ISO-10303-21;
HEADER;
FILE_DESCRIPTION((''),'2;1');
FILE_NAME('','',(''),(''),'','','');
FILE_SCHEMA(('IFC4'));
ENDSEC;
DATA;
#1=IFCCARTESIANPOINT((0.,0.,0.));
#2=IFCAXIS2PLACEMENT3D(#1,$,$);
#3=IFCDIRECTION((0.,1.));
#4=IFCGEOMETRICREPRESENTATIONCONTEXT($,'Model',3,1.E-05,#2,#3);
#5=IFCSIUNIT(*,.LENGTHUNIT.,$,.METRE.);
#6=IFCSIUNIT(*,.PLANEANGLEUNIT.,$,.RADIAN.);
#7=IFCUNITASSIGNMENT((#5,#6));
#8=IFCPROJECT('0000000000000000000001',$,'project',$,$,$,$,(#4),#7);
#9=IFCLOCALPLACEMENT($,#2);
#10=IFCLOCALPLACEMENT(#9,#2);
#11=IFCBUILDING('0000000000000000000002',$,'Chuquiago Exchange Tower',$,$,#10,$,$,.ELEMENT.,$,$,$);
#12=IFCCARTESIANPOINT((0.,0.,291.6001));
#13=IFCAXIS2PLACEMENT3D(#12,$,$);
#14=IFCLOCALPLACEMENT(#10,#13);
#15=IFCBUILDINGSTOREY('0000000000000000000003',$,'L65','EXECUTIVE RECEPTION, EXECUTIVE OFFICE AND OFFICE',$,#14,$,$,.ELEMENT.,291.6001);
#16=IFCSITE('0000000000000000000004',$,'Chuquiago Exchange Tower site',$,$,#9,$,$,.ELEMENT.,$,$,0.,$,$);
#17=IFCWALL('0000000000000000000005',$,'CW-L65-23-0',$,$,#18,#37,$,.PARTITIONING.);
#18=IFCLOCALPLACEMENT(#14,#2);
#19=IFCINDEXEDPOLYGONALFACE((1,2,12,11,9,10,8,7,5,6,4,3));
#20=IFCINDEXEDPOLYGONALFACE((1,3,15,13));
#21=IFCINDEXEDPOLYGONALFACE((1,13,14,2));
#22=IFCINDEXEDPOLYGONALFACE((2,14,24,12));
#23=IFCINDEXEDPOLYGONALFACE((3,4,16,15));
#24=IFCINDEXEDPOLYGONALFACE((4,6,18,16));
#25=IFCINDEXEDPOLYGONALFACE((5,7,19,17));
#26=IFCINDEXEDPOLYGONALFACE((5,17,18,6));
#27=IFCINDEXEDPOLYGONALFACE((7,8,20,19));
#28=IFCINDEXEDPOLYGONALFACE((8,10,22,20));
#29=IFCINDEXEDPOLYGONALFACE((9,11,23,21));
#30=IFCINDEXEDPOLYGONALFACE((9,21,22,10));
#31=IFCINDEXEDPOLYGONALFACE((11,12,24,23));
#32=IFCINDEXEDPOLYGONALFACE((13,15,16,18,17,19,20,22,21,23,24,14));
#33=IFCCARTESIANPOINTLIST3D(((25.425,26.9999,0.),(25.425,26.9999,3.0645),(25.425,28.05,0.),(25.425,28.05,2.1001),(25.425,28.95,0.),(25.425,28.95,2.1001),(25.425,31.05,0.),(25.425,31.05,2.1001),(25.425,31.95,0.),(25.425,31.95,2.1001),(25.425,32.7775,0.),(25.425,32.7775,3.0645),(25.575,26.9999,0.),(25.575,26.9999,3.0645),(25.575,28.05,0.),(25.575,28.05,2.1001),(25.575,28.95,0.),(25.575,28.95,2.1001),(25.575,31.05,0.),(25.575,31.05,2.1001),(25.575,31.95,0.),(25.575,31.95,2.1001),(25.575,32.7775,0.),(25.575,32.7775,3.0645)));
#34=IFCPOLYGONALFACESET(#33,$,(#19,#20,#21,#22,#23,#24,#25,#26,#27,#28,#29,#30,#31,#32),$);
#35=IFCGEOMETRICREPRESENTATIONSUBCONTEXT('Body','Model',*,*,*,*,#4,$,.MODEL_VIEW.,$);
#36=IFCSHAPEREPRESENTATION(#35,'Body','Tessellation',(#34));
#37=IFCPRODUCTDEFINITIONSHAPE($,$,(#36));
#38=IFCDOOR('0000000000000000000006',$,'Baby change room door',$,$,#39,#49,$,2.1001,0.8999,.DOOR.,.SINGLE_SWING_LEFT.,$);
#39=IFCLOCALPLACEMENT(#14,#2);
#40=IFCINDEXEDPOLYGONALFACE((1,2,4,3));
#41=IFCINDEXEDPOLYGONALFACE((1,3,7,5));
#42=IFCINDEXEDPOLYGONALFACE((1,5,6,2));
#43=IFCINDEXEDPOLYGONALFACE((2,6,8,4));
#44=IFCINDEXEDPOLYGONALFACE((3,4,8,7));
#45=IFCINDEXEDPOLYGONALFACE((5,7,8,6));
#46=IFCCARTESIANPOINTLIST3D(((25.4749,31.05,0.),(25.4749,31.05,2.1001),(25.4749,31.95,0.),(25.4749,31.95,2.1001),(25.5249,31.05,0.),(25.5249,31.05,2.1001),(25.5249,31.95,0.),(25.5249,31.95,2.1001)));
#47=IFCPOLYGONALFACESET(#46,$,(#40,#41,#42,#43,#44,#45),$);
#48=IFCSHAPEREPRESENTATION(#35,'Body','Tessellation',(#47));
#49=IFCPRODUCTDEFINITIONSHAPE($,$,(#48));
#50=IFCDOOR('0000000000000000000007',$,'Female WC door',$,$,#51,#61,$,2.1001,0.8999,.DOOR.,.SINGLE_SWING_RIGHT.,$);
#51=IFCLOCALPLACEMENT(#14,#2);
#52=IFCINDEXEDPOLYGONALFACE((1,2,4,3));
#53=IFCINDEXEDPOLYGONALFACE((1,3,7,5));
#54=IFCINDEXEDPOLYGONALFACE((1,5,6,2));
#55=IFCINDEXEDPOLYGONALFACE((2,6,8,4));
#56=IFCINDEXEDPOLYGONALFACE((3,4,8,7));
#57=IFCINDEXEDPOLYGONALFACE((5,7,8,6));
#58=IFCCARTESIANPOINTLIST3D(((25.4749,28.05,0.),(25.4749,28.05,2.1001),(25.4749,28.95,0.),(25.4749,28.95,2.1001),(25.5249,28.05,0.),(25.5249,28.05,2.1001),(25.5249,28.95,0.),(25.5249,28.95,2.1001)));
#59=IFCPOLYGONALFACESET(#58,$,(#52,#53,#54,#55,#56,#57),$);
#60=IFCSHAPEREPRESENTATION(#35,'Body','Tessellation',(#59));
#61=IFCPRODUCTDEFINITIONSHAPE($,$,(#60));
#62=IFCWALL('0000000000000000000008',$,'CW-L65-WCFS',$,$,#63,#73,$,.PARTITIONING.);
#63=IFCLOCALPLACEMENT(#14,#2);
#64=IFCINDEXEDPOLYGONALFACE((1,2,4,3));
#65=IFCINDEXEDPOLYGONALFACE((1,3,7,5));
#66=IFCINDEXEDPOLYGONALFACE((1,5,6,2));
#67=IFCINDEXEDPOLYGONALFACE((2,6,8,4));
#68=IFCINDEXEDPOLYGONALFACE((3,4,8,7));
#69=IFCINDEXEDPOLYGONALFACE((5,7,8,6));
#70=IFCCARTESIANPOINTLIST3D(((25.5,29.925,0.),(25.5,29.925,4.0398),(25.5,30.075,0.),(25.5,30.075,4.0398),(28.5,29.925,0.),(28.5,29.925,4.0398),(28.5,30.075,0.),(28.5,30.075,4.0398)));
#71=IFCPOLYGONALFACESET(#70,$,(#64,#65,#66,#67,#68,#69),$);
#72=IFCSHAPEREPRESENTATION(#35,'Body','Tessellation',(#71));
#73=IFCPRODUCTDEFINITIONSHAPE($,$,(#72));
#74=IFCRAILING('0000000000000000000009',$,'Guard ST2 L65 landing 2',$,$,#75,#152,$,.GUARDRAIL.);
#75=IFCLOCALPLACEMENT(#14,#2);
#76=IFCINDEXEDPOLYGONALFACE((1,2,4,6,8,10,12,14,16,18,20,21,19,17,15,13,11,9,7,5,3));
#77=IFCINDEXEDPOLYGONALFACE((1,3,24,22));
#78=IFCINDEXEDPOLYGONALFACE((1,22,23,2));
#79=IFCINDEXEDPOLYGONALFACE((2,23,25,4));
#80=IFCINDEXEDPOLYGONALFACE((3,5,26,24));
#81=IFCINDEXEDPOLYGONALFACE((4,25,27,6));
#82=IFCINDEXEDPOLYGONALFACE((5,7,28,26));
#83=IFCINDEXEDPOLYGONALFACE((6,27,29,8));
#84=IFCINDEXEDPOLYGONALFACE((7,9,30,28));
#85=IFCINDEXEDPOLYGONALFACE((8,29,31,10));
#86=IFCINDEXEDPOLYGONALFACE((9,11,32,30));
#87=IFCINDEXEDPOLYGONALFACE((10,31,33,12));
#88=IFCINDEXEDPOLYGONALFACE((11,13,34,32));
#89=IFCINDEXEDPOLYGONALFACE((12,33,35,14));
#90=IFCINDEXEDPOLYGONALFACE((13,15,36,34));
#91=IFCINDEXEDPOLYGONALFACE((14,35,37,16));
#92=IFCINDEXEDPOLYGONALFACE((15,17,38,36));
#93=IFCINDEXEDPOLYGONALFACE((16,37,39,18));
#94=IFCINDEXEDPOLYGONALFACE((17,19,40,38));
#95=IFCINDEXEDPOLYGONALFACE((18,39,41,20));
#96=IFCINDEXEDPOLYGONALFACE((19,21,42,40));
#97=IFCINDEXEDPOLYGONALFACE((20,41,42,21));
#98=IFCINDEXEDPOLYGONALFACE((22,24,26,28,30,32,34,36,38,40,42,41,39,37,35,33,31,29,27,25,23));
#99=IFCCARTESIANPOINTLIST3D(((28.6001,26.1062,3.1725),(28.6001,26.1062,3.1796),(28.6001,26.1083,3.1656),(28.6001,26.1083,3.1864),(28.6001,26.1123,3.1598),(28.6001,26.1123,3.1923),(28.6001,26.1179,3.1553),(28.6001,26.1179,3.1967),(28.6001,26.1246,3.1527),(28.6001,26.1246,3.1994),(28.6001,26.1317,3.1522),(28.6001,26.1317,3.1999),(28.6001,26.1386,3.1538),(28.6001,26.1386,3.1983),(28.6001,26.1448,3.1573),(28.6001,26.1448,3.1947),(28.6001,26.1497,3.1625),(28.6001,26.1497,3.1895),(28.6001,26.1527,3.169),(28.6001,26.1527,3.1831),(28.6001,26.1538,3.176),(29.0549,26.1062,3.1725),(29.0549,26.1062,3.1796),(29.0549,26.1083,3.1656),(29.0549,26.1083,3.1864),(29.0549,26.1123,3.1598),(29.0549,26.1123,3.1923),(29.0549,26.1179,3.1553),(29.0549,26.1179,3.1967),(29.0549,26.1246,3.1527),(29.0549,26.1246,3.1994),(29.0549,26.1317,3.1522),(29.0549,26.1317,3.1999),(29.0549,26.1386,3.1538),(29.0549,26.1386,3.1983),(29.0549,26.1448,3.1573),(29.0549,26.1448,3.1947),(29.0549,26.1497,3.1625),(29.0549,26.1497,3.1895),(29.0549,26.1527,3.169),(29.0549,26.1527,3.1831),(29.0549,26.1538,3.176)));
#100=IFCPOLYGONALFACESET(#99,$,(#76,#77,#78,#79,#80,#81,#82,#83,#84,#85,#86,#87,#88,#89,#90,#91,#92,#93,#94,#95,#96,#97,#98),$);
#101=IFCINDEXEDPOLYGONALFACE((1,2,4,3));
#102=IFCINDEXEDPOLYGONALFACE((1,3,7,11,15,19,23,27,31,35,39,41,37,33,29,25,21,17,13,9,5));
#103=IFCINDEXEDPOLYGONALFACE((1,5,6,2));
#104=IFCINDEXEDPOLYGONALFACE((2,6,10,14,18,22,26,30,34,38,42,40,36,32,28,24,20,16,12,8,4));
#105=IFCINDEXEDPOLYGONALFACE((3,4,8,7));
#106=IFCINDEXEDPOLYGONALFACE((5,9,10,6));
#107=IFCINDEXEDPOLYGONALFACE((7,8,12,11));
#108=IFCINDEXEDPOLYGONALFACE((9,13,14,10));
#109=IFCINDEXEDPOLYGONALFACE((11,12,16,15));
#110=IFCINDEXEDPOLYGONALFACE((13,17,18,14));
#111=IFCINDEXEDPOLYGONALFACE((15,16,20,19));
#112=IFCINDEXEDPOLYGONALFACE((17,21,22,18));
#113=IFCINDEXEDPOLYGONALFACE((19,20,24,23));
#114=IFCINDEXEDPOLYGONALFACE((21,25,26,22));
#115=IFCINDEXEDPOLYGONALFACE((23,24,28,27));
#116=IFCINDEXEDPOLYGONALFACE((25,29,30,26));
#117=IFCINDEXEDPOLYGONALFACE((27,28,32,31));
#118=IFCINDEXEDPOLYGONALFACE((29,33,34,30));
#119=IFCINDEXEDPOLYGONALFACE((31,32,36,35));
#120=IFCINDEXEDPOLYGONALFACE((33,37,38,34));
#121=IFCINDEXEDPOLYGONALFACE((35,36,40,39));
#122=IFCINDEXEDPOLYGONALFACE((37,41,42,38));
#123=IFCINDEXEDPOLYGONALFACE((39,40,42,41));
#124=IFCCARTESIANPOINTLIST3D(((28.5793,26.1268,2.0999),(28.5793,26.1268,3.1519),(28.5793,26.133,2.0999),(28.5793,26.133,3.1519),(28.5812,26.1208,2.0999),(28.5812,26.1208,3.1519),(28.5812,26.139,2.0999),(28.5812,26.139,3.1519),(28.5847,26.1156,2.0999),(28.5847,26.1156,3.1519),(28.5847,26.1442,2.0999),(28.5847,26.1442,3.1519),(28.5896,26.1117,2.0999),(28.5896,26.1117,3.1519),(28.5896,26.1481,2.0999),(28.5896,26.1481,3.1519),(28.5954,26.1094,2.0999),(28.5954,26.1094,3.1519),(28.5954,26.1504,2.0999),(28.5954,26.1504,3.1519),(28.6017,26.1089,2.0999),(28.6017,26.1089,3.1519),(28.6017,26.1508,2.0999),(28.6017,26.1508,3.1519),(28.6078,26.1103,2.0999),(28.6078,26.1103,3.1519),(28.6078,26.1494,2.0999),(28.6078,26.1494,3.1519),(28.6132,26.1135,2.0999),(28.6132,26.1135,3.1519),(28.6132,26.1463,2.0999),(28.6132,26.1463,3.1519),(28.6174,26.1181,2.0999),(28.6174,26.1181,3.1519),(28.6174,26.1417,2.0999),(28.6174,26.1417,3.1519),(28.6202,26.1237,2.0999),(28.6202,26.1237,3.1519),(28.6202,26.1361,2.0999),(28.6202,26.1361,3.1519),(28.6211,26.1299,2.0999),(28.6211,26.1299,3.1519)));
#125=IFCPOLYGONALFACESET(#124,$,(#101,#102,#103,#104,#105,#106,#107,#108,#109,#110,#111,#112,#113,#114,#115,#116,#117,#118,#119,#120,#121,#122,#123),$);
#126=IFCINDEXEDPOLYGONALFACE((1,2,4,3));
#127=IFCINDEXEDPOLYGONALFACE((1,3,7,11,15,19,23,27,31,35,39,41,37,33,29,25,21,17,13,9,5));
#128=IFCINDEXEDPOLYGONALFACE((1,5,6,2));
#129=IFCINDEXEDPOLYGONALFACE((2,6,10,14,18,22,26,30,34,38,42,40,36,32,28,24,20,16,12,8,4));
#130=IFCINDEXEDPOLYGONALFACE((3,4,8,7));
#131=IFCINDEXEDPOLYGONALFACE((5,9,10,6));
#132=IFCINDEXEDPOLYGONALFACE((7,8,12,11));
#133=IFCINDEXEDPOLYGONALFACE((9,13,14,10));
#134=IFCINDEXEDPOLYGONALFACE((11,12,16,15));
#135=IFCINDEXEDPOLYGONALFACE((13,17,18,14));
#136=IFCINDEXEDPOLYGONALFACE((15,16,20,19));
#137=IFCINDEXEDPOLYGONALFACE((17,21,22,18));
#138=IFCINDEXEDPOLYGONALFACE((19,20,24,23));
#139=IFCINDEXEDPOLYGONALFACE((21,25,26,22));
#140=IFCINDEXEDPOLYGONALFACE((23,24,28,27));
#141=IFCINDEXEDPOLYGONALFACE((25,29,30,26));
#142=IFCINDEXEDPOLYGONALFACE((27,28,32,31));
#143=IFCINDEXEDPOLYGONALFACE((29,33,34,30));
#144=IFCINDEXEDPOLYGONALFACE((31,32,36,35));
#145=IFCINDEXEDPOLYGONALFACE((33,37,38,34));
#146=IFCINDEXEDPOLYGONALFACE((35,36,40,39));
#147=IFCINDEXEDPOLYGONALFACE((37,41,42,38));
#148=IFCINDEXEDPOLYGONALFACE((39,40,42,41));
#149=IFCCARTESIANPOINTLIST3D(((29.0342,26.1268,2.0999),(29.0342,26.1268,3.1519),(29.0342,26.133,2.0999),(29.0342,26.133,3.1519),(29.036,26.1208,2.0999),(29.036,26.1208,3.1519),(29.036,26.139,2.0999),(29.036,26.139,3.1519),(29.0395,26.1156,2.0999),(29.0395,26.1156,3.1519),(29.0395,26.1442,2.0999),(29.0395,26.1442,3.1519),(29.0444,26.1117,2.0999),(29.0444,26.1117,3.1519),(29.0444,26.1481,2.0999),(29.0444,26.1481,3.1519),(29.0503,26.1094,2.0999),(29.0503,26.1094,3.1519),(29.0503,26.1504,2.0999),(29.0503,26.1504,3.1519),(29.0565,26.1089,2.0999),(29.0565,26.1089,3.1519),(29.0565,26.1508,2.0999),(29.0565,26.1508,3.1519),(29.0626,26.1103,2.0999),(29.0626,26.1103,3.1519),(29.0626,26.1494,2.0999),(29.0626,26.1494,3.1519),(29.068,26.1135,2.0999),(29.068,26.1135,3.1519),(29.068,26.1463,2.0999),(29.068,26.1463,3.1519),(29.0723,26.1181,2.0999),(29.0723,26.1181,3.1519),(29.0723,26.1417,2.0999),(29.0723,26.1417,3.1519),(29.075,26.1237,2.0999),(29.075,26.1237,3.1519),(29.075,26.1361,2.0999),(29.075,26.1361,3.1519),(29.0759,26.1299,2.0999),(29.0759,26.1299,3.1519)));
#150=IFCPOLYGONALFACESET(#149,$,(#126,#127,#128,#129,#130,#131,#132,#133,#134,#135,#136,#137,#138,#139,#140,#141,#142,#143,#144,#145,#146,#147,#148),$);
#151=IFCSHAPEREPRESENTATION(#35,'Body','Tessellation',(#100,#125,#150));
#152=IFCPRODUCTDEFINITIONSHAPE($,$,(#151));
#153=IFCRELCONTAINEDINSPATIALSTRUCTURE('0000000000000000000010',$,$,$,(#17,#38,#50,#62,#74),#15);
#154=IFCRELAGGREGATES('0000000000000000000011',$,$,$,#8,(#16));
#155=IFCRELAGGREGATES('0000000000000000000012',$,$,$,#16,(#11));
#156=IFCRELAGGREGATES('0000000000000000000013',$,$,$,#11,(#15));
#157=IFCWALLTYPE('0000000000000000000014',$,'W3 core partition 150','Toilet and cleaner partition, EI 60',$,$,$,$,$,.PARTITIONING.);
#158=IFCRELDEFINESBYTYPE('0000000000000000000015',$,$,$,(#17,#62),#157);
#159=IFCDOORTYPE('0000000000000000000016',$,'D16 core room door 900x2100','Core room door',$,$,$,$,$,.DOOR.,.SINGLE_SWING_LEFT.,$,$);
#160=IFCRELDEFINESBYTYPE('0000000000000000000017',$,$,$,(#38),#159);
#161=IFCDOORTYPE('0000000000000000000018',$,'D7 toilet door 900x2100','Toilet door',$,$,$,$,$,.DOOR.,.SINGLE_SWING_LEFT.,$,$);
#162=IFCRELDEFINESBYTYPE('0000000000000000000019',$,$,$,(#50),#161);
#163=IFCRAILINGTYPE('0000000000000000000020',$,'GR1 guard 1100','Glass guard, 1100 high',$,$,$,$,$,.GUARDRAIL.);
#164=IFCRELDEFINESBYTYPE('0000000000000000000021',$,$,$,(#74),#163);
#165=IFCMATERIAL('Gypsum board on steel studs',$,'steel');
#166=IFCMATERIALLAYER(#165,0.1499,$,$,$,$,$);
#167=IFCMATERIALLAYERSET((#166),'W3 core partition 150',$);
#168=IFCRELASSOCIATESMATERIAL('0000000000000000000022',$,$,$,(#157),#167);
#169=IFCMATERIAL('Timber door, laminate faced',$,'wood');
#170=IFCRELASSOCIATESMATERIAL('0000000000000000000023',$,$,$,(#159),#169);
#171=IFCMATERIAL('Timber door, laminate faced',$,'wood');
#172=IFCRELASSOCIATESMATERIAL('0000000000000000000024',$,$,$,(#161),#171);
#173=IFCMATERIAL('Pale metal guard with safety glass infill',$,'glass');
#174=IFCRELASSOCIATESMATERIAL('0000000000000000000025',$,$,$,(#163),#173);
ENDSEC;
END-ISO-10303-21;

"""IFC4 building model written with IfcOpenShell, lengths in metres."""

from ifc_helpers import new_model, si_unit, direction, frame, frame_2d, origin, origin_2d, place, context, subcontext, project, spatial, rectangle, circle, extrude, material, layer, layer_set, type_object, element, fill, save


model = new_model("IFC4")

# Units and contexts
model_context = context("Model", 3, precision=1e-05, world=origin(), true_north=direction((0.0, 1.0)))
body_context = subcontext(model_context, "Body", "Model", "MODEL_VIEW")
ifc_project = project(units=[si_unit("LENGTHUNIT", "METRE"), si_unit("PLANEANGLEUNIT", "RADIAN")], contexts=[model_context])

# Site, building, storey
site_placement = place(None, origin())
site = spatial("IfcSite", under=ifc_project, at=site_placement, Name="Chuquiago Exchange Tower site", CompositionType="ELEMENT", RefElevation=0.0)
building_placement = place(site_placement, origin())
building = spatial("IfcBuilding", under=site, at=building_placement, Name="Chuquiago Exchange Tower", CompositionType="ELEMENT")
storey_placement = place(building_placement, frame((0.0, 0.0, 291.6001)))
storey = spatial("IfcBuildingStorey", under=building, at=storey_placement, Name="L65", Description="EXECUTIVE RECEPTION, EXECUTIVE OFFICE AND OFFICE", CompositionType="ELEMENT", Elevation=291.6001)

# Wall, openings, doors
ifc_material_1 = material(Name="Gypsum board on steel studs", Category="steel")
ifc_layer_1 = layer(ifc_material_1, 0.1499)
ifc_layer_set_1 = layer_set([ifc_layer_1], Name="W3 core partition 150")
wall_type_1 = type_object("IfcWallType", Name="W3 core partition 150", Description="Toilet and cleaner partition, EI 60", PredefinedType="PARTITIONING", material=ifc_layer_set_1)
ifc_material_2 = material(Name="Timber door, laminate faced", Category="wood")
door_type_1 = type_object("IfcDoorType", Name="D16 core room door 900x2100", Description="Core room door", OperationType="SINGLE_SWING_LEFT", PredefinedType="DOOR", material=ifc_material_2)
ifc_material_3 = material(Name="Timber door, laminate faced", Category="wood")
door_type_2 = type_object("IfcDoorType", Name="D7 toilet door 900x2100", Description="Toilet door", OperationType="SINGLE_SWING_LEFT", PredefinedType="DOOR", material=ifc_material_3)
wall_1_placement = place(storey_placement, frame((25.5, 27.0, 0.0), z_axis=(0.0, 0.0, 1.0), x_axis=(0.0, 1.0, 0.0)))
wall_1 = element("IfcWall", 1, at=wall_1_placement, inside=storey, type_object=wall_type_1, Name="CW-L65-23-0", PredefinedType="PARTITIONING", context=body_context, shape_type="SweptSolid", body=[
    extrude(rectangle(XDim=5.7776, YDim=0.1499, at=frame_2d((2.8887, 0.0))), origin(), (0.0, 0.0, 1.0), 3.0645),
])
opening_1_placement = place(wall_1_placement, frame((1.05, 0.0, 0.0)))
opening_1 = element("IfcOpeningElement", 2, at=opening_1_placement, cuts=wall_1, PredefinedType="OPENING", context=body_context, shape_type="SweptSolid", body=[
    extrude(rectangle(XDim=0.8999, YDim=2.1001, at=frame_2d((0.45, 1.05))), frame((0.0, 0.085, 0.0), z_axis=(0.0, -1.0, 0.0), x_axis=(1.0, 0.0, 0.0)), (0.0, 0.0, 1.0), 0.1699),
])
opening_2_placement = place(wall_1_placement, frame((4.05, 0.0, 0.0)))
opening_2 = element("IfcOpeningElement", 3, at=opening_2_placement, cuts=wall_1, PredefinedType="OPENING", context=body_context, shape_type="SweptSolid", body=[
    extrude(rectangle(XDim=0.8999, YDim=2.1001, at=frame_2d((0.45, 1.05))), frame((0.0, 0.085, 0.0), z_axis=(0.0, -1.0, 0.0), x_axis=(1.0, 0.0, 0.0)), (0.0, 0.0, 1.0), 0.1699),
])
door_1_placement = place(opening_2_placement, frame((0.8999, 0.0, 0.0), z_axis=(0.0, 0.0, 1.0), x_axis=(-1.0, 0.0, 0.0)))
door_1 = element("IfcDoor", 4, at=door_1_placement, inside=storey, type_object=door_type_1, Name="Baby change room door", OperationType="SINGLE_SWING_LEFT", OverallHeight=2.1001, OverallWidth=0.8999, PredefinedType="DOOR", context=body_context, shape_type="SweptSolid", body=[
    extrude(rectangle(XDim=0.8999, YDim=2.1001, at=frame_2d((0.45, 1.05))), frame((0.0, 0.0249, 0.0), z_axis=(0.0, -1.0, 0.0), x_axis=(1.0, 0.0, 0.0)), (0.0, 0.0, 1.0), 0.05),
])
fill(opening_2, door_1)
door_2_placement = place(opening_1_placement, frame((0.8999, 0.0, 0.0), z_axis=(0.0, 0.0, 1.0), x_axis=(-1.0, 0.0, 0.0)))
door_2 = element("IfcDoor", 5, at=door_2_placement, inside=storey, type_object=door_type_2, Name="Female WC door", OperationType="SINGLE_SWING_RIGHT", OverallHeight=2.1001, OverallWidth=0.8999, PredefinedType="DOOR", context=body_context, shape_type="SweptSolid", body=[
    extrude(rectangle(XDim=0.8999, YDim=2.1001, at=frame_2d((0.45, 1.05))), frame((0.0, 0.0249, 0.0), z_axis=(0.0, -1.0, 0.0), x_axis=(1.0, 0.0, 0.0)), (0.0, 0.0, 1.0), 0.05),
])
fill(opening_1, door_2)

# Wall
wall_2_placement = place(storey_placement, frame((25.5, 30.0, 0.0), z_axis=(0.0, 0.0, 1.0), x_axis=(1.0, 0.0, 0.0)))
element("IfcWall", 6, at=wall_2_placement, inside=storey, type_object=wall_type_1, Name="CW-L65-WCFS", PredefinedType="PARTITIONING", context=body_context, shape_type="SweptSolid", body=[
    extrude(rectangle(XDim=3.0, YDim=0.1499, at=frame_2d((1.5, 0.0))), origin(), (0.0, 0.0, 1.0), 4.0398),
])

# Railing
ifc_material_4 = material(Name="Pale metal guard with safety glass infill", Category="glass")
railing_type_1 = type_object("IfcRailingType", Name="GR1 guard 1100", Description="Glass guard, 1100 high", PredefinedType="GUARDRAIL", material=ifc_material_4)
railing_1_placement = place(storey_placement, frame((28.6001, 26.1299, 2.0999)))
element("IfcRailing", 7, at=railing_1_placement, inside=storey, type_object=railing_type_1, Name="Guard ST2 L65 landing 2", PredefinedType="GUARDRAIL", context=body_context, shape_type="SweptSolid", body=[
    extrude(circle(Radius=0.0239, at=origin_2d()), frame((0.0, 0.0, 1.0762), z_axis=(1.0, 0.0, 0.0), x_axis=(0.0, 1.0, 0.0)), (0.0, 0.0, 1.0), 0.4548),
    extrude(circle(Radius=0.021, at=origin_2d()), origin(), (0.0, 0.0, 1.0), 1.052),
    extrude(circle(Radius=0.021, at=origin_2d()), frame((0.4548, 0.0, 0.0)), (0.0, 0.0, 1.0), 1.052),
])

save(model, "model.ifc")
